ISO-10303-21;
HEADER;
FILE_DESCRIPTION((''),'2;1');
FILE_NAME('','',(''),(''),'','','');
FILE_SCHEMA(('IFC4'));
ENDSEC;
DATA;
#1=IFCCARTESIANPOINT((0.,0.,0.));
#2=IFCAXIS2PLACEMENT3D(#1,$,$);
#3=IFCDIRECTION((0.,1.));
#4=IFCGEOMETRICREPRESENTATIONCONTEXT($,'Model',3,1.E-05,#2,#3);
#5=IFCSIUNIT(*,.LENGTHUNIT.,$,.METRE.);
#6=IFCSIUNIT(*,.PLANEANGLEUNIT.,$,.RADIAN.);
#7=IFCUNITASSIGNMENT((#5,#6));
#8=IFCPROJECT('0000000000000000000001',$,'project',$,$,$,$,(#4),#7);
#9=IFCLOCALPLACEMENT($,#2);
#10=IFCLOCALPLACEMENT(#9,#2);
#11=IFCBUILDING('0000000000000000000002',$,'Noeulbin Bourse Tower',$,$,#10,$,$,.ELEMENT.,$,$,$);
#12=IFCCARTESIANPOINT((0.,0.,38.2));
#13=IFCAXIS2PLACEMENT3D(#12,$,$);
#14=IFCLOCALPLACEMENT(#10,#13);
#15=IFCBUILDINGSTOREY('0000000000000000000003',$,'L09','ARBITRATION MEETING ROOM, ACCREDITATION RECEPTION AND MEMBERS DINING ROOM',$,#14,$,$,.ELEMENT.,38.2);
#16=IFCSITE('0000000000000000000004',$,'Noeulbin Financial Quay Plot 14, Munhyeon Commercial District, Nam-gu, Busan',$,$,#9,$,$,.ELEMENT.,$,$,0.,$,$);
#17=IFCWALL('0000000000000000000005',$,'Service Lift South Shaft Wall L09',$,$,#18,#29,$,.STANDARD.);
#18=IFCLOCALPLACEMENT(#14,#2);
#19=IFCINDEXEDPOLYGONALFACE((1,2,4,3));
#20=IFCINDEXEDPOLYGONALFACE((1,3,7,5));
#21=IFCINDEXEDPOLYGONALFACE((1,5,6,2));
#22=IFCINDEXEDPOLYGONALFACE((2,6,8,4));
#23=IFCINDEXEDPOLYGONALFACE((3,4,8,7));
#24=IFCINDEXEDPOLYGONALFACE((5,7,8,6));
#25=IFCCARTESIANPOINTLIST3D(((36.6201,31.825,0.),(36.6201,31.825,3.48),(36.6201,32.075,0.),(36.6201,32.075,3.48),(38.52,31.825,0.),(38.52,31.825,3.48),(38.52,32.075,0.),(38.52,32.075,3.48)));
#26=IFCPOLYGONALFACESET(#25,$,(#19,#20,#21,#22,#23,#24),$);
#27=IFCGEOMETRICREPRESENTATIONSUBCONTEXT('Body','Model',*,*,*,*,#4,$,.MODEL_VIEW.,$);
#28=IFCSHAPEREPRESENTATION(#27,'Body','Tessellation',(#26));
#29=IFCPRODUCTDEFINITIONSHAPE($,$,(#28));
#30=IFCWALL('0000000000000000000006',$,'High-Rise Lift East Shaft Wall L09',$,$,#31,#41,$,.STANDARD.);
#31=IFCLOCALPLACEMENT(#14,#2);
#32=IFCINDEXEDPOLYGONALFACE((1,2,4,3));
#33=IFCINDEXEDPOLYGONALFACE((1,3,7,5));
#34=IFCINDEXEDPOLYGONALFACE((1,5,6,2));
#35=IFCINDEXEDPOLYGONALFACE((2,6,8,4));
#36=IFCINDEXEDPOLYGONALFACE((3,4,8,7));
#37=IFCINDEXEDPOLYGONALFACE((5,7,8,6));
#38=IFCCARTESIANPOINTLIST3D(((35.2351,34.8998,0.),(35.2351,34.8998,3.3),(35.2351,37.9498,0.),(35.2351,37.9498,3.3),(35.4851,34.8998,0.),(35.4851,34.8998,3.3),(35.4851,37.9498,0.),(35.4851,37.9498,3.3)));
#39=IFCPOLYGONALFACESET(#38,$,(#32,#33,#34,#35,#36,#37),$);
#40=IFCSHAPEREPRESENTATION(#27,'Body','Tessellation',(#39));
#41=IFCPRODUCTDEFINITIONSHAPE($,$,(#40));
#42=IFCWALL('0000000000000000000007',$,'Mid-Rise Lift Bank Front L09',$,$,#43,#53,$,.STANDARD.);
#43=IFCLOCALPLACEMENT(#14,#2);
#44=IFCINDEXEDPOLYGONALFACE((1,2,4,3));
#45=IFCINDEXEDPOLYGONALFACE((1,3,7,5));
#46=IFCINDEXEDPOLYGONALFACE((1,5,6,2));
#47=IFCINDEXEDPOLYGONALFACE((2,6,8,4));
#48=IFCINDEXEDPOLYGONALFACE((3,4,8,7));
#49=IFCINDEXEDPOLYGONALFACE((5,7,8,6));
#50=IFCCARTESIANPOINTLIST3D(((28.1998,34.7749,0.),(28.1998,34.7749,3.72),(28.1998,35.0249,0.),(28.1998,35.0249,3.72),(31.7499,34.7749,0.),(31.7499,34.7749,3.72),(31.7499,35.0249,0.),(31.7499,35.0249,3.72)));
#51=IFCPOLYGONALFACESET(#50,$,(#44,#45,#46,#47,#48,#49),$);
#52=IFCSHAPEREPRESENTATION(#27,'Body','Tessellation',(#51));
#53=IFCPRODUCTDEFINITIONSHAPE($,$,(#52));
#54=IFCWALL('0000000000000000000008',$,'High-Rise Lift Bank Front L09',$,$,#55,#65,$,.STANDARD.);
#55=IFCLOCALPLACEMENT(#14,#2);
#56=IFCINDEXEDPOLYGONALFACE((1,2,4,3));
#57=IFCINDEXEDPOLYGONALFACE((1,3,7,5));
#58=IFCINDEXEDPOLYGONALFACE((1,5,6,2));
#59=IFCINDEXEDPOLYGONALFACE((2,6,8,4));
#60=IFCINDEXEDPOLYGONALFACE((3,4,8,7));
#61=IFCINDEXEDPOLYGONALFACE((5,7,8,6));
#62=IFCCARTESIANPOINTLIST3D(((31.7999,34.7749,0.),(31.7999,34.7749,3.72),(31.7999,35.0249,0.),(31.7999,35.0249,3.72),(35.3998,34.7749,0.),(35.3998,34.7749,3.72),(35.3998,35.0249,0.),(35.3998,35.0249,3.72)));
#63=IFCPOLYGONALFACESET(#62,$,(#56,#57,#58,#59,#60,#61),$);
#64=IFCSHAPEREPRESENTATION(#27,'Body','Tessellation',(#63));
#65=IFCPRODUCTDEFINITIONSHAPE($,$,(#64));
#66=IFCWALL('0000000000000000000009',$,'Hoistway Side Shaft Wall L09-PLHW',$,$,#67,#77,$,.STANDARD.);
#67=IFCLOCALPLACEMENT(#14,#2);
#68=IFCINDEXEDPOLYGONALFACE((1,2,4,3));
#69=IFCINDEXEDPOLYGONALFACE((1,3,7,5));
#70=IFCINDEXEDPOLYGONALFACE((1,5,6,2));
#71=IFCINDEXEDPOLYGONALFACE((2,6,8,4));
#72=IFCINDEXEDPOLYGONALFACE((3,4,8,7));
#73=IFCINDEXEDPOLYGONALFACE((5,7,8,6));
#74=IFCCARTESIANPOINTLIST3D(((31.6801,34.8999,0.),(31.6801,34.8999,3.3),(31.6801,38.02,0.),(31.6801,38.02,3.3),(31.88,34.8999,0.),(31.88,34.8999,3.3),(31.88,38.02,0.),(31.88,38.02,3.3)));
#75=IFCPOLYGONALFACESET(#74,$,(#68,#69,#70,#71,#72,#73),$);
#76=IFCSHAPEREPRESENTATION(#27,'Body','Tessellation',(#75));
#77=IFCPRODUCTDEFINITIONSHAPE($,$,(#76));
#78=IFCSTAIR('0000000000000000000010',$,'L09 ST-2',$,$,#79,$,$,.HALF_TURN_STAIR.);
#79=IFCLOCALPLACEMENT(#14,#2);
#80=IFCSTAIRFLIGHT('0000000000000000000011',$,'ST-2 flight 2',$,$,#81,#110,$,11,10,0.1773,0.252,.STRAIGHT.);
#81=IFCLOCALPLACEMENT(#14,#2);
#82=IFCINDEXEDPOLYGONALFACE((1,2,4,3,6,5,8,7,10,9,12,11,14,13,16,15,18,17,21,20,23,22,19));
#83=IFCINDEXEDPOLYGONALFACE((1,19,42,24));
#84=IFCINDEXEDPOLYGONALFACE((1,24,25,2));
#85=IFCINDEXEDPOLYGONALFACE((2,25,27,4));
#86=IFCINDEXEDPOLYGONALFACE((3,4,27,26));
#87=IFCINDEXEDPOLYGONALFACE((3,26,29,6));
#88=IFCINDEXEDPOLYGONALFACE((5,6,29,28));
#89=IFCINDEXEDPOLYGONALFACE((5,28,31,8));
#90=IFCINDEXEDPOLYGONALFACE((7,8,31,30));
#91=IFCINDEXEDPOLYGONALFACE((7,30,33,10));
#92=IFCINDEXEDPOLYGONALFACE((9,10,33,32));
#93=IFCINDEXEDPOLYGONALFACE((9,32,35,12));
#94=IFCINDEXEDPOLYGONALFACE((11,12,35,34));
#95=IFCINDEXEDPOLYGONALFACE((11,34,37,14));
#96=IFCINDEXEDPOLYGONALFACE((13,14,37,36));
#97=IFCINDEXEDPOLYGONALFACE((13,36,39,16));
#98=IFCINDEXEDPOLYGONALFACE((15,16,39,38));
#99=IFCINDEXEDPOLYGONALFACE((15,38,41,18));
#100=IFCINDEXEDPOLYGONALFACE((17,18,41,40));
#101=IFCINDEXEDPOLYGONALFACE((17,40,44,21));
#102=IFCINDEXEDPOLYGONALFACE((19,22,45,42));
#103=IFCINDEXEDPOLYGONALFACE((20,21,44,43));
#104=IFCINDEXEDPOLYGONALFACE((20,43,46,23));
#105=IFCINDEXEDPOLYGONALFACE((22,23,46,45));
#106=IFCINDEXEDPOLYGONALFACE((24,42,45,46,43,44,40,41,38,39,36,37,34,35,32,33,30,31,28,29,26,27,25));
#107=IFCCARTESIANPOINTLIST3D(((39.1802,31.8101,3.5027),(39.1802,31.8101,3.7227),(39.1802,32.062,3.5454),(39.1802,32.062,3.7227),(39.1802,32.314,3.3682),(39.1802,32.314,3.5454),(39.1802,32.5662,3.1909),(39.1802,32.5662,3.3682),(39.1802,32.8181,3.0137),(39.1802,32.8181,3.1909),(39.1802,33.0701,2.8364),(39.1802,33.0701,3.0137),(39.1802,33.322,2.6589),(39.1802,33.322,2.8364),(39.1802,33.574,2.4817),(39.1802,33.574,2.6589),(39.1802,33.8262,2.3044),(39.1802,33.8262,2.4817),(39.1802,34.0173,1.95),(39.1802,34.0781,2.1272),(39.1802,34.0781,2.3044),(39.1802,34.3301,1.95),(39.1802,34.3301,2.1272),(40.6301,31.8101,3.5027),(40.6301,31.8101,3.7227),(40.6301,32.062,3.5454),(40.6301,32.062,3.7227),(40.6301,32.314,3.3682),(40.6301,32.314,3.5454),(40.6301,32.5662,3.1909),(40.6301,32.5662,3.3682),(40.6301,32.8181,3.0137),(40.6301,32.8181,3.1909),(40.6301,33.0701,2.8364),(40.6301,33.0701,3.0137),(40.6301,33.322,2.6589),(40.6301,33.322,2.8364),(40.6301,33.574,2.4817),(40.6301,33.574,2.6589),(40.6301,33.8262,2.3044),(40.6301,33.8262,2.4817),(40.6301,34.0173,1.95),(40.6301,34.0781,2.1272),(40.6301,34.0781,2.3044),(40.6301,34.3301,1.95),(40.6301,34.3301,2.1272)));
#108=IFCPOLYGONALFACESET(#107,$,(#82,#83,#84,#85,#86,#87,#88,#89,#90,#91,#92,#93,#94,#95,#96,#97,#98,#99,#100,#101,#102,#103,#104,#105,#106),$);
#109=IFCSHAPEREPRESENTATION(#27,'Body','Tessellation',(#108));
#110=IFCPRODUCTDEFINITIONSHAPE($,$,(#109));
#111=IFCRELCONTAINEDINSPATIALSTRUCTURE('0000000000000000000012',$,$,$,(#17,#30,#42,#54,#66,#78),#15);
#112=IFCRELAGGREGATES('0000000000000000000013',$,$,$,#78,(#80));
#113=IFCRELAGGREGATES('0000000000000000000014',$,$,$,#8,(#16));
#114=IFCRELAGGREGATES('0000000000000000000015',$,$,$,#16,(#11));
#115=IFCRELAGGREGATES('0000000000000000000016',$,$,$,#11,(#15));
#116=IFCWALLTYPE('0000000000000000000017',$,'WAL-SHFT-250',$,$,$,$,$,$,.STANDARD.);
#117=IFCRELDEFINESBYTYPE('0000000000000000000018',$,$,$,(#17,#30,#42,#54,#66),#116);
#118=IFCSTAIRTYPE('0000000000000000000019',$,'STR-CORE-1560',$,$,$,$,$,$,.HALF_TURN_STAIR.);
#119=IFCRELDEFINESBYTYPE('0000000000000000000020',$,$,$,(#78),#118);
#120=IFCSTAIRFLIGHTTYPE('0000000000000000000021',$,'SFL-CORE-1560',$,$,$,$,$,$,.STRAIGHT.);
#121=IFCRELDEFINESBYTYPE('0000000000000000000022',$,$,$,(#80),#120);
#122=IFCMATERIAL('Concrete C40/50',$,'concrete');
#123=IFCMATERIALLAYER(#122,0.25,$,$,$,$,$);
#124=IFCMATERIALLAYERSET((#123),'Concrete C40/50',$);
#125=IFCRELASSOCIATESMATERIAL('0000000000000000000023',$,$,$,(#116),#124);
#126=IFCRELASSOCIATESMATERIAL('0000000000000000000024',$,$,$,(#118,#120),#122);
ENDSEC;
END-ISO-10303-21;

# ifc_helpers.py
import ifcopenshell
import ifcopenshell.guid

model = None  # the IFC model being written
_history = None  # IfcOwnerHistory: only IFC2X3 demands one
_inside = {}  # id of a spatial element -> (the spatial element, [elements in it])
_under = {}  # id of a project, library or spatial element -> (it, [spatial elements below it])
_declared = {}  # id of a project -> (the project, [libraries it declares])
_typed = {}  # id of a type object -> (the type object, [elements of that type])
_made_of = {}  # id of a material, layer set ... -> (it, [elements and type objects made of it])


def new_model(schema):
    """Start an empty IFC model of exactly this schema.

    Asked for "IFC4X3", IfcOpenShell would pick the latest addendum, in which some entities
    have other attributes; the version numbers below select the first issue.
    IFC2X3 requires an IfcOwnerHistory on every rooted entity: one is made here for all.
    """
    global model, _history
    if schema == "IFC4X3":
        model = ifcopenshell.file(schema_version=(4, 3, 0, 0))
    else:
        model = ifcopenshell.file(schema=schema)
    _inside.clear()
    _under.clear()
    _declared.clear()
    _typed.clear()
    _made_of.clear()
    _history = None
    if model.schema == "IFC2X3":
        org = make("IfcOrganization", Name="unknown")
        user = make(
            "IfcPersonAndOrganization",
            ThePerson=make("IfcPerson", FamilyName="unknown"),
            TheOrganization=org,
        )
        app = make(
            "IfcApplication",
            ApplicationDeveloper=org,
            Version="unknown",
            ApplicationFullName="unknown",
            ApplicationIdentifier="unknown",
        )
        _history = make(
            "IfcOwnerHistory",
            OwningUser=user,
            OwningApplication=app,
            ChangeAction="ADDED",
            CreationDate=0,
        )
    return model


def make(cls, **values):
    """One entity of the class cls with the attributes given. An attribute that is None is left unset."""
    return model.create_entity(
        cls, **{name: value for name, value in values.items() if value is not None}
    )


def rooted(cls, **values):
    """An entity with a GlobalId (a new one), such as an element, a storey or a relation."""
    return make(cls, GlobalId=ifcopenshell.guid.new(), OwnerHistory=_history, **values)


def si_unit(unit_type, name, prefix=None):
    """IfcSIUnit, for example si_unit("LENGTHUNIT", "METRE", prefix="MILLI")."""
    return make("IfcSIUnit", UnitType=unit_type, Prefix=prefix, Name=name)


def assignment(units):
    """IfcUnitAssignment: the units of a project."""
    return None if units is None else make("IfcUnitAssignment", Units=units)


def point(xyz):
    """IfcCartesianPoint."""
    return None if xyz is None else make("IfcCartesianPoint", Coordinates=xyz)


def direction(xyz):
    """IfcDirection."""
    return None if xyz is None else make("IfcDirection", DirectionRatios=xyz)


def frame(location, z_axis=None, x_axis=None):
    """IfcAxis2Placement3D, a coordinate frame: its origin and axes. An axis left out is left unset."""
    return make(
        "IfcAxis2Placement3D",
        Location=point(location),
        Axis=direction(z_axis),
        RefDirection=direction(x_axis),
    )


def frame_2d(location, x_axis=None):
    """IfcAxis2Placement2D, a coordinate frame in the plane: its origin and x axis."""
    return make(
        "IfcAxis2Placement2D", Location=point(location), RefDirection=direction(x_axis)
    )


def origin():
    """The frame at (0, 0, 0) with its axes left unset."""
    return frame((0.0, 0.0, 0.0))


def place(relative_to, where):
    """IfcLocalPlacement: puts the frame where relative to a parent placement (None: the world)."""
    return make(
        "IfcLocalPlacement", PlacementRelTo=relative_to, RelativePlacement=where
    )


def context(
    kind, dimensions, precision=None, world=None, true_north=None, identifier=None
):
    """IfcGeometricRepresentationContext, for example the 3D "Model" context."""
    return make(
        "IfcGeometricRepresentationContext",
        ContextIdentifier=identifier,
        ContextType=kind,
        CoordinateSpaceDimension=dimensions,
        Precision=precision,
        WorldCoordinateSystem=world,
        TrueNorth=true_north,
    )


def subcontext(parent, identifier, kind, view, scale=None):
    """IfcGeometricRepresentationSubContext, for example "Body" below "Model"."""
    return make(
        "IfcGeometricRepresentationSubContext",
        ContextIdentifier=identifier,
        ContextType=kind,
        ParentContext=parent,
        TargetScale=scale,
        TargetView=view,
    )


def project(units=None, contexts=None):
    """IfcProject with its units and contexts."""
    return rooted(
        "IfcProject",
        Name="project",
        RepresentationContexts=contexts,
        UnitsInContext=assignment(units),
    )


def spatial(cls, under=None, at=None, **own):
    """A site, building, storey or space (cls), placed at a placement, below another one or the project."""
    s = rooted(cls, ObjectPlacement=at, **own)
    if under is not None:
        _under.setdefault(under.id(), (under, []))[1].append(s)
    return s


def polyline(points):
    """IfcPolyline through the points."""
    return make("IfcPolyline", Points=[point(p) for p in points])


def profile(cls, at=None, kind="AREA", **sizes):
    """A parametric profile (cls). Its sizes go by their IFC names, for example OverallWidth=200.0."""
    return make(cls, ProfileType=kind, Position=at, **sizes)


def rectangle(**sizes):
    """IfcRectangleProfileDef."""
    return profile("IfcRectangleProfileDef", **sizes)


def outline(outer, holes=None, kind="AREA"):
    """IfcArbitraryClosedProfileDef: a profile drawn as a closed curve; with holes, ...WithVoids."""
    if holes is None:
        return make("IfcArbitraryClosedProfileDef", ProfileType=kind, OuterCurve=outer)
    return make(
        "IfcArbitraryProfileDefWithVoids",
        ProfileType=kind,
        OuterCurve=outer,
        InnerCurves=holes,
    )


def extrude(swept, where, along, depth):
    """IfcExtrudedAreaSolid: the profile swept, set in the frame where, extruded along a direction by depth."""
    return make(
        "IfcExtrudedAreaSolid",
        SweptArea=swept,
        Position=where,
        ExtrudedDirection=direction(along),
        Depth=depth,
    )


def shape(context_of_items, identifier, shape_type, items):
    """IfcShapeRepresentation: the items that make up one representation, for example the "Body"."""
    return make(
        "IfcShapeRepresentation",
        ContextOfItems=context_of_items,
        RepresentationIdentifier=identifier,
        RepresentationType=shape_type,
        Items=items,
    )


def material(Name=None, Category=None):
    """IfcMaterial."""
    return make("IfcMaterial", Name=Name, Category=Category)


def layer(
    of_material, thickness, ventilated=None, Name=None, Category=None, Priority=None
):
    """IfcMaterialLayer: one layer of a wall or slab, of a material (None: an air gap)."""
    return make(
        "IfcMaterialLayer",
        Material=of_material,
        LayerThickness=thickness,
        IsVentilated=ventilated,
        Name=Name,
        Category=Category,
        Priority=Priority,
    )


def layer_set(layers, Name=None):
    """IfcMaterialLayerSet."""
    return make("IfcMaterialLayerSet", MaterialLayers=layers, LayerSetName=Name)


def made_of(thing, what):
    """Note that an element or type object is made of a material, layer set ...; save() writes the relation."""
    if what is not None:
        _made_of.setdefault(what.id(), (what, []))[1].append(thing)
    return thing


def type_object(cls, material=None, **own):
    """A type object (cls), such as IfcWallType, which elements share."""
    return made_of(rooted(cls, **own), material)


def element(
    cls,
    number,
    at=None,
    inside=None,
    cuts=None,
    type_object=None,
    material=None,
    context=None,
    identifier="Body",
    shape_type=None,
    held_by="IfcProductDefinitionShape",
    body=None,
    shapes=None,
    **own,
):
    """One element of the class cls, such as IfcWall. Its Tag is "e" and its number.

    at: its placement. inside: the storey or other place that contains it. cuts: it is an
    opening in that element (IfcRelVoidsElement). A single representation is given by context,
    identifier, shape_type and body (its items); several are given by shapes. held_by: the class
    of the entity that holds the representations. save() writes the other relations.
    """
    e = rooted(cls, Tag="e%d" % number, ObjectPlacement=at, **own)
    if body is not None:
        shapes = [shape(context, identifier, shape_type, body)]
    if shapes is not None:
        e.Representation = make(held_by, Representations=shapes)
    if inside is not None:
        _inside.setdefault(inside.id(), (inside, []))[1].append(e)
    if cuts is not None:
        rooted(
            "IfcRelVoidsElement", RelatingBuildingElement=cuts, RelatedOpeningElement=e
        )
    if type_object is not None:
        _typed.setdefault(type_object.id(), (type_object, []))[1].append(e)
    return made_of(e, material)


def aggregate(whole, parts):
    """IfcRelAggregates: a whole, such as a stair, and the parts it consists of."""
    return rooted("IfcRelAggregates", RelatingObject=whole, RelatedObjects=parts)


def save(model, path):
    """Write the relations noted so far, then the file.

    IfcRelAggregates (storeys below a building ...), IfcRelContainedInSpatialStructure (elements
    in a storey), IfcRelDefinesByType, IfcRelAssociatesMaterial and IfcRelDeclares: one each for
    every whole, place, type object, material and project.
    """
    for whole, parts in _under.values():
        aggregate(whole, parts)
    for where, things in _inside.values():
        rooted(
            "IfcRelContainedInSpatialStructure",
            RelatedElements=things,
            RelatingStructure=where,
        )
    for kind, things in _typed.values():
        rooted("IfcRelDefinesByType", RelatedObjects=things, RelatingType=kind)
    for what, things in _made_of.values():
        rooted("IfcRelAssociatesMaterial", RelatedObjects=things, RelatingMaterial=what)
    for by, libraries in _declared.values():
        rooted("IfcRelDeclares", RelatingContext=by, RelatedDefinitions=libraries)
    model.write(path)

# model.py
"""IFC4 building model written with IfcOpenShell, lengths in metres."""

from ifc_helpers import new_model, si_unit, direction, frame, frame_2d, origin, place, context, subcontext, project, spatial, polyline, rectangle, outline, extrude, material, layer, layer_set, type_object, element, aggregate, save


model = new_model("IFC4")

# Units and contexts
model_context = context("Model", 3, precision=1e-05, world=origin(), true_north=direction((0.0, 1.0)))
body_context = subcontext(model_context, "Body", "Model", "MODEL_VIEW")
ifc_project = project(units=[si_unit("LENGTHUNIT", "METRE"), si_unit("PLANEANGLEUNIT", "RADIAN")], contexts=[model_context])

# Site, building, storey
site_placement = place(None, origin())
site = spatial("IfcSite", under=ifc_project, at=site_placement, Name="Noeulbin Financial Quay Plot 14, Munhyeon Commercial District, Nam-gu, Busan", CompositionType="ELEMENT", RefElevation=0.0)
building_placement = place(site_placement, origin())
building = spatial("IfcBuilding", under=site, at=building_placement, Name="Noeulbin Bourse Tower", CompositionType="ELEMENT")
storey_placement = place(building_placement, frame((0.0, 0.0, 38.2)))
storey = spatial("IfcBuildingStorey", under=building, at=storey_placement, Name="L09", Description="ARBITRATION MEETING ROOM, ACCREDITATION RECEPTION AND MEMBERS DINING ROOM", CompositionType="ELEMENT", Elevation=38.2)

# Shared definitions
ifc_material_1 = material(Name="Concrete C40/50", Category="concrete")

# Shared definitions
ifc_layer_1 = layer(ifc_material_1, 0.25)
ifc_layer_set_1 = layer_set([ifc_layer_1], Name="Concrete C40/50")
wall_type_1 = type_object("IfcWallType", Name="WAL-SHFT-250", PredefinedType="STANDARD", material=ifc_layer_set_1)

# Walls
wall_1_placement = place(storey_placement, frame((36.6201, 31.95, 0.0), z_axis=(0.0, 0.0, 1.0), x_axis=(1.0, 0.0, 0.0)))
element("IfcWall", 1, at=wall_1_placement, inside=storey, type_object=wall_type_1, Name="Service Lift South Shaft Wall L09", PredefinedType="STANDARD", context=body_context, shape_type="SweptSolid", body=[
    extrude(rectangle(XDim=1.8999, YDim=0.25, at=frame_2d((0.95, 0.0))), origin(), (0.0, 0.0, 1.0), 3.48),
])
wall_2_placement = place(storey_placement, frame((35.3601, 34.8999, 0.0), z_axis=(0.0, 0.0, 1.0), x_axis=(0.0, 1.0, 0.0)))
element("IfcWall", 2, at=wall_2_placement, inside=storey, type_object=wall_type_1, Name="High-Rise Lift East Shaft Wall L09", PredefinedType="STANDARD", context=body_context, shape_type="SweptSolid", body=[
    extrude(rectangle(XDim=3.05, YDim=0.25, at=frame_2d((1.5249, 0.0))), origin(), (0.0, 0.0, 1.0), 3.3),
])
wall_3_placement = place(storey_placement, frame((28.2, 34.8999, 0.0), z_axis=(0.0, 0.0, 1.0), x_axis=(1.0, 0.0, 0.0)))
element("IfcWall", 3, at=wall_3_placement, inside=storey, type_object=wall_type_1, Name="Mid-Rise Lift Bank Front L09", PredefinedType="STANDARD", context=body_context, shape_type="SweptSolid", body=[
    extrude(rectangle(XDim=3.55, YDim=0.25, at=frame_2d((1.7749, 0.0))), origin(), (0.0, 0.0, 1.0), 3.72),
])
wall_4_placement = place(storey_placement, frame((31.8, 34.8999, 0.0), z_axis=(0.0, 0.0, 1.0), x_axis=(1.0, 0.0, 0.0)))
element("IfcWall", 4, at=wall_4_placement, inside=storey, type_object=wall_type_1, Name="High-Rise Lift Bank Front L09", PredefinedType="STANDARD", context=body_context, shape_type="SweptSolid", body=[
    extrude(rectangle(XDim=3.5999, YDim=0.25, at=frame_2d((1.7998, 0.0))), origin(), (0.0, 0.0, 1.0), 3.72),
])
wall_5_placement = place(storey_placement, frame((31.78, 34.8999, 0.0), z_axis=(0.0, 0.0, 1.0), x_axis=(0.0, 1.0, 0.0)))
element("IfcWall", 5, at=wall_5_placement, inside=storey, type_object=wall_type_1, Name="Hoistway Side Shaft Wall L09-PLHW", PredefinedType="STANDARD", context=body_context, shape_type="SweptSolid", body=[
    extrude(rectangle(XDim=3.1201, YDim=0.2, at=frame_2d((1.5601, 0.0))), origin(), (0.0, 0.0, 1.0), 3.3),
])

# Stair, stair flight
stair_type = type_object("IfcStairType", Name="STR-CORE-1560", PredefinedType="HALF_TURN_STAIR", material=ifc_material_1)
stair_placement = place(storey_placement, origin())
stair = element("IfcStair", 6, at=stair_placement, inside=storey, type_object=stair_type, Name="L09 ST-2", PredefinedType="HALF_TURN_STAIR")
stair_flight_type = type_object("IfcStairFlightType", Name="SFL-CORE-1560", PredefinedType="STRAIGHT", material=ifc_material_1)
stair_flight_placement = place(storey_placement, frame((39.905, 34.3301, 1.95), z_axis=(0.0, 0.0, 1.0), x_axis=(0.0, -1.0, 0.0)))
stair_flight = element("IfcStairFlight", 7, at=stair_flight_placement, type_object=stair_flight_type, Name="ST-2 flight 2", NumberOfRisers=11, NumberOfTreads=10, PredefinedType="STRAIGHT", RiserHeight=0.1773, TreadLength=0.252, context=body_context, shape_type="SweptSolid", body=[
    extrude(outline(polyline([(0.0, 0.0), (0.0, 0.1772), (0.252, 0.1772), (0.252, 0.3545), (0.5039, 0.3545), (0.5039, 0.5317), (0.7561, 0.5317), (0.7561, 0.709), (1.0081, 0.709), (1.0081, 0.8865), (1.26, 0.8865), (1.26, 1.0637), (1.512, 1.0637), (1.512, 1.241), (1.7639, 1.241), (1.7639, 1.4182), (2.0161, 1.4182), (2.0161, 1.5955), (2.2681, 1.5955), (2.2681, 1.7727), (2.52, 1.7727), (2.52, 1.95), (2.52, 1.5527), (0.3127, 0.0), (0.0, 0.0)])), frame((0.0, 0.7251, 0.0), z_axis=(0.0, -1.0, 0.0), x_axis=(1.0, 0.0, 0.0)), (0.0, 0.0, 1.0), 1.45),
])
aggregate(stair, [stair_flight])

save(model, "model.ifc")
